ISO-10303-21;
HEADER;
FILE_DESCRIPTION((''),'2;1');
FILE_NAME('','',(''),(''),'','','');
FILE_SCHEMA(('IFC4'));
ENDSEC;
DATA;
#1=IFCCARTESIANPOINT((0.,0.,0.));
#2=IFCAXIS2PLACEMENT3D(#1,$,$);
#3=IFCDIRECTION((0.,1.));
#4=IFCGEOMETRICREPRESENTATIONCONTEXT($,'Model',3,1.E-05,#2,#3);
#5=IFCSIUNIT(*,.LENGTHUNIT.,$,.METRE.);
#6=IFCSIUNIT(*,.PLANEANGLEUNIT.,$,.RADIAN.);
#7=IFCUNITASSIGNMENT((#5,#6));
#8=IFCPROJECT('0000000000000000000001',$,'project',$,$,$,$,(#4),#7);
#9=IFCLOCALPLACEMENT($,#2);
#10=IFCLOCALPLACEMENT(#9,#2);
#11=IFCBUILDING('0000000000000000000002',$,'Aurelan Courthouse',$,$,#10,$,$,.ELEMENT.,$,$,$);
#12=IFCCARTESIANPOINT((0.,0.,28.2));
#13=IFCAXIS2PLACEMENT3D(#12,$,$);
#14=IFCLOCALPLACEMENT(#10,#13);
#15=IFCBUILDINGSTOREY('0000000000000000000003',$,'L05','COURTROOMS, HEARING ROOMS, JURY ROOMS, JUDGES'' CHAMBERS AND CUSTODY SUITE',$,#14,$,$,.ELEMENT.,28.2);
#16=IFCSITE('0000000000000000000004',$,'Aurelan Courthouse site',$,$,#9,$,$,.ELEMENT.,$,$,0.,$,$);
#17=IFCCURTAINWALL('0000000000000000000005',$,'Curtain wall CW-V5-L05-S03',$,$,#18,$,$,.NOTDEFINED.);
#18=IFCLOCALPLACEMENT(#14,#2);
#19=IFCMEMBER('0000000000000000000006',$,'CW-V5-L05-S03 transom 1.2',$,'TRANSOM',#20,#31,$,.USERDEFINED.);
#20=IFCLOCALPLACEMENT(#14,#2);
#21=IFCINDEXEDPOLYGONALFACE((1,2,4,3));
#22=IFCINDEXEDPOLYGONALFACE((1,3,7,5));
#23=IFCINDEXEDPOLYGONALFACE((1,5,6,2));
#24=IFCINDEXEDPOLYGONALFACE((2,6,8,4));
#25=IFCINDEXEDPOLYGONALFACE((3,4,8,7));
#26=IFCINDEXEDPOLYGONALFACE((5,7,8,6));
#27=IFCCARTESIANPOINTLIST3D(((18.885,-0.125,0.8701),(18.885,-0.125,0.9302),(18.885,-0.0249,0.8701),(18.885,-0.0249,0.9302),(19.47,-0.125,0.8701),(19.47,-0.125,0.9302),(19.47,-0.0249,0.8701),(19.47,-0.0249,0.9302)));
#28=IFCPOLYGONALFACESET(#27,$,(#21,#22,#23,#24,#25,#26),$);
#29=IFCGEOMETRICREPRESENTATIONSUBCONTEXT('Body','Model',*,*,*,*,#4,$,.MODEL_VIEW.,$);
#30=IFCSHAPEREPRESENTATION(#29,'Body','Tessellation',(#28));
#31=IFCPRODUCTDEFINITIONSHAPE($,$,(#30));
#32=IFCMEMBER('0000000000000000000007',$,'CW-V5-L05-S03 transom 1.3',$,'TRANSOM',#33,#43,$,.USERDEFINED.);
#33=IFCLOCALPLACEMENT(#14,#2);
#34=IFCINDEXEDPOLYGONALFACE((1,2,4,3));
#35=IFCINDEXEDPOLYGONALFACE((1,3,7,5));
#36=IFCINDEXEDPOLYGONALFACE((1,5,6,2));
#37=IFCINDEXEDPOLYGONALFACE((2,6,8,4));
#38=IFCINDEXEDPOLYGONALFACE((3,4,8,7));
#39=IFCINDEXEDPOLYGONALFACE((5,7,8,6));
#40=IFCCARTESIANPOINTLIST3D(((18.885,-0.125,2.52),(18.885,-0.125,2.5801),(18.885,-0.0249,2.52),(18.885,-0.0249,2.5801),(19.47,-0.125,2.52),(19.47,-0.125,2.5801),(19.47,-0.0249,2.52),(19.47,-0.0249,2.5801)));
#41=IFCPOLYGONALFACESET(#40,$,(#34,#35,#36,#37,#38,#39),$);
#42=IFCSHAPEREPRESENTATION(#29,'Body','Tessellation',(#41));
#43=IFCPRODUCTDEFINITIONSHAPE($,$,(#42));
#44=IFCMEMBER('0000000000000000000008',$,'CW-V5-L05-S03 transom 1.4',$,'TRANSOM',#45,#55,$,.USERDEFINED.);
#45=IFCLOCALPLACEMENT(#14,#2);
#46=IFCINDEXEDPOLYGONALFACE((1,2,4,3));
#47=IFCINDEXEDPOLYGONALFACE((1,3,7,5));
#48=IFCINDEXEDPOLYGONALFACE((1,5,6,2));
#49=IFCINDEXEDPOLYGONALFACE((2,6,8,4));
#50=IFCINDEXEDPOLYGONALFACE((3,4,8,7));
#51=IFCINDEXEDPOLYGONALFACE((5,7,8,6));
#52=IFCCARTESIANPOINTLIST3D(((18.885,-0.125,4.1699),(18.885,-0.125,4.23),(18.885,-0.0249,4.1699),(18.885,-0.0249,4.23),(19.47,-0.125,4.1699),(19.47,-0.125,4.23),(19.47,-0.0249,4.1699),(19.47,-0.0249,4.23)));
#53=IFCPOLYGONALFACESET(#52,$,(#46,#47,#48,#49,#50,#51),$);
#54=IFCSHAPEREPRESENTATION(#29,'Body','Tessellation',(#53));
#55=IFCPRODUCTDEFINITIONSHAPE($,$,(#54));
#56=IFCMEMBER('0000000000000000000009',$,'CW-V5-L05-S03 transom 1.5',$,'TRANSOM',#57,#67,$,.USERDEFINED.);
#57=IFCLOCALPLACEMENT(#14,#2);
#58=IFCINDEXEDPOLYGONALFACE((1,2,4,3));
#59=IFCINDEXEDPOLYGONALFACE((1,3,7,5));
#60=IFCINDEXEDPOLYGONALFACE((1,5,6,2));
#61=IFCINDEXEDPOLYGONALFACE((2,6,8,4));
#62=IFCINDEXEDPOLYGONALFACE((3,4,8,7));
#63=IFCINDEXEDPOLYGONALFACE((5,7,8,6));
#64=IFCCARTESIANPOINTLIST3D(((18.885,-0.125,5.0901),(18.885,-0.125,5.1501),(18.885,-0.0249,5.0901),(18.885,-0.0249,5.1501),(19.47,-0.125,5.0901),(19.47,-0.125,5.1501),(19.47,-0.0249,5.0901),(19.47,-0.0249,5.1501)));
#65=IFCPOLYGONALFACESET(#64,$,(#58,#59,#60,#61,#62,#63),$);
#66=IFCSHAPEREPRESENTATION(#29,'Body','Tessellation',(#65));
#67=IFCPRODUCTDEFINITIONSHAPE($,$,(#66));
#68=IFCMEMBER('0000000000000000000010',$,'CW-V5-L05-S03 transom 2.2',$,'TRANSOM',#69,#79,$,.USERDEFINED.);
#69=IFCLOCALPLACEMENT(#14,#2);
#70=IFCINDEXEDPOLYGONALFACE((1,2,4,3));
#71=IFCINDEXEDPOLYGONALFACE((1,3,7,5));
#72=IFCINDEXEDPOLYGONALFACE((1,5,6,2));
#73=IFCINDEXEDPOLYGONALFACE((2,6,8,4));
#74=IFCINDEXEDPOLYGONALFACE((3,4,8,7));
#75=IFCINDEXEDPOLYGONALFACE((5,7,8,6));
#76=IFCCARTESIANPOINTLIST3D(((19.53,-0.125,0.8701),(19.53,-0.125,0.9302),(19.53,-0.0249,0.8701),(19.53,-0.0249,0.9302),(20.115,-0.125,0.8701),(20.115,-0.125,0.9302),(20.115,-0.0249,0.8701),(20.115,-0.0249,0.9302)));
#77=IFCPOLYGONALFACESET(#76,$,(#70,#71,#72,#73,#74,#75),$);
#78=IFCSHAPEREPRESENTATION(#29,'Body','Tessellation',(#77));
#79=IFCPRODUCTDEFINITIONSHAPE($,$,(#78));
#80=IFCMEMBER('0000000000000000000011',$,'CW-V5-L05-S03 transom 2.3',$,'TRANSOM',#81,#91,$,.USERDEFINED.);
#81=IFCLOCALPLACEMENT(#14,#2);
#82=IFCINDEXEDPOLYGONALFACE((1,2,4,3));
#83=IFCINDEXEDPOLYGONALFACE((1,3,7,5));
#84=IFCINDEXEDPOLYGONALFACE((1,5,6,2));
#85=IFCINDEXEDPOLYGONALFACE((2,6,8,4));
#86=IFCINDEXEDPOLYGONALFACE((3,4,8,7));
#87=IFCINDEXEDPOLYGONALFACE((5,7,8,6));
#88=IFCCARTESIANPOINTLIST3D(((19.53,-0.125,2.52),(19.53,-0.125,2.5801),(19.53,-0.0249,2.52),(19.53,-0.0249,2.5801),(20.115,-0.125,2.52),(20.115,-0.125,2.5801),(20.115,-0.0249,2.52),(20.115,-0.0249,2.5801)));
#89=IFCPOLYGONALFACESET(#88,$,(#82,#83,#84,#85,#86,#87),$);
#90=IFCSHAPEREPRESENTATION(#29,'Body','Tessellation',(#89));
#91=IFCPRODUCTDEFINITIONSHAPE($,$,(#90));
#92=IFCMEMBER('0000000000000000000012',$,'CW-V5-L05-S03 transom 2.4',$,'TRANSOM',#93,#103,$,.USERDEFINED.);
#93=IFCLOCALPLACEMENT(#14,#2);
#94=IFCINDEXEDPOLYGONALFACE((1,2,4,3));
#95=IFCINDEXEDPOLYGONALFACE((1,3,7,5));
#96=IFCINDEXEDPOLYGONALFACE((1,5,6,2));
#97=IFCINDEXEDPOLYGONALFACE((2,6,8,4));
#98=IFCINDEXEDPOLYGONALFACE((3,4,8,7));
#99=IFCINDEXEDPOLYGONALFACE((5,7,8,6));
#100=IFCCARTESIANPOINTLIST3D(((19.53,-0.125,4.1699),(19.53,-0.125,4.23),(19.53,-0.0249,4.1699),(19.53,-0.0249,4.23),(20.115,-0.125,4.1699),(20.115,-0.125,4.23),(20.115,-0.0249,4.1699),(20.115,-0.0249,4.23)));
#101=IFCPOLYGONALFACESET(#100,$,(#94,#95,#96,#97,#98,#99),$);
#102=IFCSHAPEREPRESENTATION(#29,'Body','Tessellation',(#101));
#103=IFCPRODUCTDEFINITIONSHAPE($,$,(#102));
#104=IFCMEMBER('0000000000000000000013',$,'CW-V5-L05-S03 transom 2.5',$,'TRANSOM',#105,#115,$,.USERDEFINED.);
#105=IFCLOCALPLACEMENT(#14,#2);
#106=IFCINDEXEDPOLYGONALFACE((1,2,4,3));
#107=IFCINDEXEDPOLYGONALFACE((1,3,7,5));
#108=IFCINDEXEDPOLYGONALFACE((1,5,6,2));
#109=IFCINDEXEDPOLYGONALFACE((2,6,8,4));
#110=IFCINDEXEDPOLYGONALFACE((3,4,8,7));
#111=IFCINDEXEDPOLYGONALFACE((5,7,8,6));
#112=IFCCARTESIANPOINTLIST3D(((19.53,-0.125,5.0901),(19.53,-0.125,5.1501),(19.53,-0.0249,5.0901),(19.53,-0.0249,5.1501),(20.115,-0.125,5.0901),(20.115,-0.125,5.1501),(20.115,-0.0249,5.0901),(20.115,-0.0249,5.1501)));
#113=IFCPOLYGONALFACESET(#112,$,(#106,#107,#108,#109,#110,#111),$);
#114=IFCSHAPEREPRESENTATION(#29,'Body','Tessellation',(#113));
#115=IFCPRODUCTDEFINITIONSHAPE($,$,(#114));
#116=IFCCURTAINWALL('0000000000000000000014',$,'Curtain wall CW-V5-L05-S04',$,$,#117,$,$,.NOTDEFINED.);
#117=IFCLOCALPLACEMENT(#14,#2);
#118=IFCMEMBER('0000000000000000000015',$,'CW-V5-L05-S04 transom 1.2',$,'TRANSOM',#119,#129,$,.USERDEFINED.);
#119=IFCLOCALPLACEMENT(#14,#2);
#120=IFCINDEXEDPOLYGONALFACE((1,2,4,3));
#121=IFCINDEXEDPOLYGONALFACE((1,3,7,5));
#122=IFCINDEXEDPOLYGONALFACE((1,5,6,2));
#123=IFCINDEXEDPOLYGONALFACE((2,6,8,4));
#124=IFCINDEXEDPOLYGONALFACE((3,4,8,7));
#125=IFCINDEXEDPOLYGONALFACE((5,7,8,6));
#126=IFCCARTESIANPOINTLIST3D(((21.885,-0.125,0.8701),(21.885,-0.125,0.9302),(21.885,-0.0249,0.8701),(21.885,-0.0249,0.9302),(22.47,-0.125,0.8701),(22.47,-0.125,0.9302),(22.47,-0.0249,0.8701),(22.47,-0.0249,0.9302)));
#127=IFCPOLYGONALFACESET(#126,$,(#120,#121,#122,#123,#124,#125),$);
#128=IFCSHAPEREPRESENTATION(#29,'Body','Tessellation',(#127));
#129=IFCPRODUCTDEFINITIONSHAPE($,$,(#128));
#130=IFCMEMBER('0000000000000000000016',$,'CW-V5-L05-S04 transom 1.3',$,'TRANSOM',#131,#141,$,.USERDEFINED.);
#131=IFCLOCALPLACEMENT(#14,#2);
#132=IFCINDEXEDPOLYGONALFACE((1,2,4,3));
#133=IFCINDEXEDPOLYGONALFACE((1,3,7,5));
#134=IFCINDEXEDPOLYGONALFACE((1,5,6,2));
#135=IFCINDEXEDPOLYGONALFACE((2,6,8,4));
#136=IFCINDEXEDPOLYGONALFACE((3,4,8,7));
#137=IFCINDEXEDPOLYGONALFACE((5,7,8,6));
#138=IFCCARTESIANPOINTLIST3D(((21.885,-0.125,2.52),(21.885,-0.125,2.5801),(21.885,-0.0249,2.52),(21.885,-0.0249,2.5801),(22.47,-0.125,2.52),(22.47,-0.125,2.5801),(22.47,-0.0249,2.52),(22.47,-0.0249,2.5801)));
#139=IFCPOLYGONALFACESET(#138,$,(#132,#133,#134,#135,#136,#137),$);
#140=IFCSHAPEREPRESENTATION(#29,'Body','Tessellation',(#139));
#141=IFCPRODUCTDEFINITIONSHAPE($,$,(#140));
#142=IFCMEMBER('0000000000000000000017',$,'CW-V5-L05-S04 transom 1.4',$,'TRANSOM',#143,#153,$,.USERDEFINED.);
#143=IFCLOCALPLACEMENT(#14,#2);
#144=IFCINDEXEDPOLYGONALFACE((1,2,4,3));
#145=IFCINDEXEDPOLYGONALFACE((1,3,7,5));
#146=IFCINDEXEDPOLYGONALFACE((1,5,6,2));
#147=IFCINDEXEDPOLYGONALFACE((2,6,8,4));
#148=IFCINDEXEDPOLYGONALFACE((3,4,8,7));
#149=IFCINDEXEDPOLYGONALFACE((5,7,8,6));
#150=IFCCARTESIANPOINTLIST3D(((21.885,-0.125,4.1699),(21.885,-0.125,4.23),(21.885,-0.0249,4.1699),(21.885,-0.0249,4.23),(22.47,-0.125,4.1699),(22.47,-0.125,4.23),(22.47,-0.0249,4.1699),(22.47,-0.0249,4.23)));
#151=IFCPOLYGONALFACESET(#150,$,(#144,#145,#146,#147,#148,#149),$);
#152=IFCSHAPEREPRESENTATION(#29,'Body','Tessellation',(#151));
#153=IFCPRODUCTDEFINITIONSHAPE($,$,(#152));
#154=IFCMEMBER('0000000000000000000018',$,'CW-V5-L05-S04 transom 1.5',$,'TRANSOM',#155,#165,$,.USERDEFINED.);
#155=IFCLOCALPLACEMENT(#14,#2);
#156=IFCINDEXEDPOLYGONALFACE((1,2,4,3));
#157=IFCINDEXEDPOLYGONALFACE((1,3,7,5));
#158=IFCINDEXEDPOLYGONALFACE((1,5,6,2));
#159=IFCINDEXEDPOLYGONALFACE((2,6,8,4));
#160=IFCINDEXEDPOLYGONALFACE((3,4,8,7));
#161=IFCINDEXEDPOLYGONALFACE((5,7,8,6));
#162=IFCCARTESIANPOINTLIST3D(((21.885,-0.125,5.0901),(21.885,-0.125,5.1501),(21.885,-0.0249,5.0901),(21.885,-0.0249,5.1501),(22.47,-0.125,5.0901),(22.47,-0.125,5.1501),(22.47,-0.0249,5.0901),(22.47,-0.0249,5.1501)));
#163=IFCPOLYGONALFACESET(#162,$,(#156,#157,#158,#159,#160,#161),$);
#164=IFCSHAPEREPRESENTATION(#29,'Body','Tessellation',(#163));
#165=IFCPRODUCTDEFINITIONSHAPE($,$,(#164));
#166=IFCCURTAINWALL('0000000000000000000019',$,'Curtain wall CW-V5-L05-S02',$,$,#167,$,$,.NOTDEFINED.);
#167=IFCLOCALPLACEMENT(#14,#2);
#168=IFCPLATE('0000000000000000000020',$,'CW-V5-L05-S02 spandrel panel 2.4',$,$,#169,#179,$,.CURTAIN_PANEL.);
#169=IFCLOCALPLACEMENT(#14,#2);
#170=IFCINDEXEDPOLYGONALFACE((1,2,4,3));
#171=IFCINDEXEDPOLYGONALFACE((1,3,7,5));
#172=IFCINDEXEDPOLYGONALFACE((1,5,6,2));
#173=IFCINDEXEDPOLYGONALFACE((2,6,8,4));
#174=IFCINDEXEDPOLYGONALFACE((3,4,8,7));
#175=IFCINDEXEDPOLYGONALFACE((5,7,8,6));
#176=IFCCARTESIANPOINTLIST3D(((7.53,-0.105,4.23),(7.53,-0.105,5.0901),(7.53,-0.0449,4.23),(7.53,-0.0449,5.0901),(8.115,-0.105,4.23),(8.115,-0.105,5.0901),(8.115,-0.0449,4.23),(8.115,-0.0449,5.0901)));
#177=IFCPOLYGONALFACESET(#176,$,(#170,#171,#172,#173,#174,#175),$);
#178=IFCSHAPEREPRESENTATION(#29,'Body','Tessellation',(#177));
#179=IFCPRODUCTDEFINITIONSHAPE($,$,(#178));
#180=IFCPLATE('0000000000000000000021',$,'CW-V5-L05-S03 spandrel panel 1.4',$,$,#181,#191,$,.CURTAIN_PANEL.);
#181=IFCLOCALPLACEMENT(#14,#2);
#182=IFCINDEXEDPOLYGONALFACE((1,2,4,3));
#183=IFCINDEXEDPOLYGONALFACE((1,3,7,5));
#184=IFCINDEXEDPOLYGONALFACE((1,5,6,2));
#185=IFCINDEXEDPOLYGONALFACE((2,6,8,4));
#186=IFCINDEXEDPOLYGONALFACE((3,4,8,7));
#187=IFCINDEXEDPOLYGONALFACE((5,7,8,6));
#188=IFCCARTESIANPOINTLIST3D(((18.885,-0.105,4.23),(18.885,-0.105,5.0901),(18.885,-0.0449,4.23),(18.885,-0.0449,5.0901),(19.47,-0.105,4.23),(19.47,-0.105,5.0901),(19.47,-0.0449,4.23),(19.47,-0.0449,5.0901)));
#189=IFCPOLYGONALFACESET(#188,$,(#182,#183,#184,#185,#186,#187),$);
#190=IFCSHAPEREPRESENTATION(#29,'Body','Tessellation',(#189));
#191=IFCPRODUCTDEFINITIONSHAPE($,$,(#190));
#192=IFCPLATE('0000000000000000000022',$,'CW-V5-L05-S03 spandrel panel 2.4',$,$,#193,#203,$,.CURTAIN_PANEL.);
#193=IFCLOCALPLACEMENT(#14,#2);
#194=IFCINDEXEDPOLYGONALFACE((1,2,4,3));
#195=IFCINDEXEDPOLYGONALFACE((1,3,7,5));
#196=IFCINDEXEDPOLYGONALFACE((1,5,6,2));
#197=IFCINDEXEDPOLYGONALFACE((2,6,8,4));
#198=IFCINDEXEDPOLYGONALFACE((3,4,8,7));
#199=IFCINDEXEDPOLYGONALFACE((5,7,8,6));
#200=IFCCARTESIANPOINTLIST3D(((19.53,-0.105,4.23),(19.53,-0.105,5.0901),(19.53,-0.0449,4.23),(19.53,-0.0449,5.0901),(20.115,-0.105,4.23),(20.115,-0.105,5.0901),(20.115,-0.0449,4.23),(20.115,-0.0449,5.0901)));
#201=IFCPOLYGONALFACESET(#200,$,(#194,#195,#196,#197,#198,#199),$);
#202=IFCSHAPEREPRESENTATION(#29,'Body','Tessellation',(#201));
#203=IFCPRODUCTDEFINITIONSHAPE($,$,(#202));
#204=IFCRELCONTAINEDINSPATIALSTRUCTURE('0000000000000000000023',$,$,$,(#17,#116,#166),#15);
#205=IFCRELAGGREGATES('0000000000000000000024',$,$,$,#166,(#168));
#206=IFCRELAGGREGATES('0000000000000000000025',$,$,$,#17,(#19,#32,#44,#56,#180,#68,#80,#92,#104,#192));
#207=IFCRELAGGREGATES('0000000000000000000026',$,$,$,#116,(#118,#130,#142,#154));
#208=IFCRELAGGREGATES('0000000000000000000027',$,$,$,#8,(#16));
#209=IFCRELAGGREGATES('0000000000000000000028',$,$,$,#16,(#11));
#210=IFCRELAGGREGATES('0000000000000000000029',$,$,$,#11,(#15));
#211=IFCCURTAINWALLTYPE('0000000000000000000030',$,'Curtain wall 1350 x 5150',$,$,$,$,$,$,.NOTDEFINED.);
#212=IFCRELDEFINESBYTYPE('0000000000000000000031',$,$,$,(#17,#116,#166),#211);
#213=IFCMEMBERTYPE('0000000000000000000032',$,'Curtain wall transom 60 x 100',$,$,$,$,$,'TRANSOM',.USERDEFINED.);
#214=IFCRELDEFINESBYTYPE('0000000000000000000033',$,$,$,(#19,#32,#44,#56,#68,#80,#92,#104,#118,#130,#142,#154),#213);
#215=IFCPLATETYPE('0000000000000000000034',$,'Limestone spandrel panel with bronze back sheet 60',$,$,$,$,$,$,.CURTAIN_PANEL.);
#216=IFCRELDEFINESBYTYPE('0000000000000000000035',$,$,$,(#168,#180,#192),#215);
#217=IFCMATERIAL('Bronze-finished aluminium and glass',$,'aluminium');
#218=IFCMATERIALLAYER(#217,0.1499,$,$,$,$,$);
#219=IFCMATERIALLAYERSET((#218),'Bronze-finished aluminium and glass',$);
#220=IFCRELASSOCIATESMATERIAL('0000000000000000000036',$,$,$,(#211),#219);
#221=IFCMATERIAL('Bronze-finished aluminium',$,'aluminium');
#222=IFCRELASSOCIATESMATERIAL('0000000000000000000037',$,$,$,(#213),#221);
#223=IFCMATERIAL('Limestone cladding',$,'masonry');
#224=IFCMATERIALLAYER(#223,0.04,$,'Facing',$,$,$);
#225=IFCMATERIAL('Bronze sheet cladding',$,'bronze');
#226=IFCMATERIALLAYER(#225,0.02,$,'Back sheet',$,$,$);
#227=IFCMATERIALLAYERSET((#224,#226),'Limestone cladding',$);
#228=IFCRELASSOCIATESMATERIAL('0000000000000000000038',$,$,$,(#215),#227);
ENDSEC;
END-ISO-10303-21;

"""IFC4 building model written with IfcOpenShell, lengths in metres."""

from ifc_helpers import new_model, si_unit, direction, frame, origin, origin_2d, place, context, subcontext, project, spatial, rectangle, extrude, material, layer, layer_set, material_profile, profile_set, type_object, element, aggregate, save


model = new_model("IFC4")

# Units and contexts
model_context = context("Model", 3, precision=1e-05, world=origin(), true_north=direction((0.0, 1.0)))
body_context = subcontext(model_context, "Body", "Model", "MODEL_VIEW")
ifc_project = project(units=[si_unit("LENGTHUNIT", "METRE"), si_unit("PLANEANGLEUNIT", "RADIAN")], contexts=[model_context])

# Site, building, storey
site_placement = place(None, origin())
site = spatial("IfcSite", under=ifc_project, at=site_placement, Name="Aurelan Courthouse site", CompositionType="ELEMENT", RefElevation=0.0)
building_placement = place(site_placement, origin())
building = spatial("IfcBuilding", under=site, at=building_placement, Name="Aurelan Courthouse", CompositionType="ELEMENT")
storey_placement = place(building_placement, frame((0.0, 0.0, 28.2)))
storey = spatial("IfcBuildingStorey", under=building, at=storey_placement, Name="L05", Description="COURTROOMS, HEARING ROOMS, JURY ROOMS, JUDGES' CHAMBERS AND CUSTODY SUITE", CompositionType="ELEMENT", Elevation=28.2)

# Curtain walls, members
ifc_material_1 = material(Name="Bronze-finished aluminium and glass", Category="aluminium")
ifc_layer_1 = layer(ifc_material_1, 0.1499)
ifc_layer_set_1 = layer_set([ifc_layer_1], Name="Bronze-finished aluminium and glass")
curtain_wall_type = type_object("IfcCurtainWallType", Name="Curtain wall 1350 x 5150", PredefinedType="NOTDEFINED", material=ifc_layer_set_1)
curtain_wall_1_placement = place(storey_placement, origin())
curtain_wall_1 = element("IfcCurtainWall", 1, at=curtain_wall_1_placement, inside=storey, type_object=curtain_wall_type, Name="Curtain wall CW-V5-L05-S03", PredefinedType="NOTDEFINED")
ifc_material_2 = material(Name="Bronze-finished aluminium", Category="aluminium")
ifc_material_profile = material_profile(ifc_material_2, rectangle(XDim=0.1001, YDim=0.0601, at=origin_2d()), Name="Bronze transom 60 x 100")
ifc_profile_set = profile_set([ifc_material_profile], Name="Bronze-finished aluminium")
member_type = type_object("IfcMemberType", Name="Curtain wall transom 60 x 100", ElementType="TRANSOM", PredefinedType="USERDEFINED", material=ifc_profile_set)
member_1_placement = place(storey_placement, frame((18.885, -0.075, 0.9001), z_axis=(1.0, 0.0, 0.0), x_axis=(0.0, 1.0, 0.0)))
member_1 = element("IfcMember", 2, at=member_1_placement, type_object=member_type, Name="CW-V5-L05-S03 transom 1.2", ObjectType="TRANSOM", PredefinedType="USERDEFINED", context=body_context, shape_type="SweptSolid", body=[
    extrude(rectangle(XDim=0.1001, YDim=0.0601, at=origin_2d()), origin(), (0.0, 0.0, 1.0), 0.585),
])
member_2_placement = place(storey_placement, frame((18.885, -0.075, 2.55), z_axis=(1.0, 0.0, 0.0), x_axis=(0.0, 1.0, 0.0)))
member_2 = element("IfcMember", 3, at=member_2_placement, type_object=member_type, Name="CW-V5-L05-S03 transom 1.3", ObjectType="TRANSOM", PredefinedType="USERDEFINED", context=body_context, shape_type="SweptSolid", body=[
    extrude(rectangle(XDim=0.1001, YDim=0.0601, at=origin_2d()), origin(), (0.0, 0.0, 1.0), 0.585),
])
member_3_placement = place(storey_placement, frame((18.885, -0.075, 4.2), z_axis=(1.0, 0.0, 0.0), x_axis=(0.0, 1.0, 0.0)))
member_3 = element("IfcMember", 4, at=member_3_placement, type_object=member_type, Name="CW-V5-L05-S03 transom 1.4", ObjectType="TRANSOM", PredefinedType="USERDEFINED", context=body_context, shape_type="SweptSolid", body=[
    extrude(rectangle(XDim=0.1001, YDim=0.0601, at=origin_2d()), origin(), (0.0, 0.0, 1.0), 0.585),
])
member_4_placement = place(storey_placement, frame((18.885, -0.075, 5.1201), z_axis=(1.0, 0.0, 0.0), x_axis=(0.0, 1.0, 0.0)))
member_4 = element("IfcMember", 5, at=member_4_placement, type_object=member_type, Name="CW-V5-L05-S03 transom 1.5", ObjectType="TRANSOM", PredefinedType="USERDEFINED", context=body_context, shape_type="SweptSolid", body=[
    extrude(rectangle(XDim=0.1001, YDim=0.0601, at=origin_2d()), origin(), (0.0, 0.0, 1.0), 0.585),
])
member_5_placement = place(storey_placement, frame((19.53, -0.075, 0.9001), z_axis=(1.0, 0.0, 0.0), x_axis=(0.0, 1.0, 0.0)))
member_5 = element("IfcMember", 6, at=member_5_placement, type_object=member_type, Name="CW-V5-L05-S03 transom 2.2", ObjectType="TRANSOM", PredefinedType="USERDEFINED", context=body_context, shape_type="SweptSolid", body=[
    extrude(rectangle(XDim=0.1001, YDim=0.0601, at=origin_2d()), origin(), (0.0, 0.0, 1.0), 0.585),
])
member_6_placement = place(storey_placement, frame((19.53, -0.075, 2.55), z_axis=(1.0, 0.0, 0.0), x_axis=(0.0, 1.0, 0.0)))
member_6 = element("IfcMember", 7, at=member_6_placement, type_object=member_type, Name="CW-V5-L05-S03 transom 2.3", ObjectType="TRANSOM", PredefinedType="USERDEFINED", context=body_context, shape_type="SweptSolid", body=[
    extrude(rectangle(XDim=0.1001, YDim=0.0601, at=origin_2d()), origin(), (0.0, 0.0, 1.0), 0.585),
])
member_7_placement = place(storey_placement, frame((19.53, -0.075, 4.2), z_axis=(1.0, 0.0, 0.0), x_axis=(0.0, 1.0, 0.0)))
member_7 = element("IfcMember", 8, at=member_7_placement, type_object=member_type, Name="CW-V5-L05-S03 transom 2.4", ObjectType="TRANSOM", PredefinedType="USERDEFINED", context=body_context, shape_type="SweptSolid", body=[
    extrude(rectangle(XDim=0.1001, YDim=0.0601, at=origin_2d()), origin(), (0.0, 0.0, 1.0), 0.585),
])
member_8_placement = place(storey_placement, frame((19.53, -0.075, 5.1201), z_axis=(1.0, 0.0, 0.0), x_axis=(0.0, 1.0, 0.0)))
member_8 = element("IfcMember", 9, at=member_8_placement, type_object=member_type, Name="CW-V5-L05-S03 transom 2.5", ObjectType="TRANSOM", PredefinedType="USERDEFINED", context=body_context, shape_type="SweptSolid", body=[
    extrude(rectangle(XDim=0.1001, YDim=0.0601, at=origin_2d()), origin(), (0.0, 0.0, 1.0), 0.585),
])
curtain_wall_2_placement = place(storey_placement, origin())
curtain_wall_2 = element("IfcCurtainWall", 10, at=curtain_wall_2_placement, inside=storey, type_object=curtain_wall_type, Name="Curtain wall CW-V5-L05-S04", PredefinedType="NOTDEFINED")
member_9_placement = place(storey_placement, frame((21.885, -0.075, 0.9001), z_axis=(1.0, 0.0, 0.0), x_axis=(0.0, 1.0, 0.0)))
member_9 = element("IfcMember", 11, at=member_9_placement, type_object=member_type, Name="CW-V5-L05-S04 transom 1.2", ObjectType="TRANSOM", PredefinedType="USERDEFINED", context=body_context, shape_type="SweptSolid", body=[
    extrude(rectangle(XDim=0.1001, YDim=0.0601, at=origin_2d()), origin(), (0.0, 0.0, 1.0), 0.585),
])
member_10_placement = place(storey_placement, frame((21.885, -0.075, 2.55), z_axis=(1.0, 0.0, 0.0), x_axis=(0.0, 1.0, 0.0)))
member_10 = element("IfcMember", 12, at=member_10_placement, type_object=member_type, Name="CW-V5-L05-S04 transom 1.3", ObjectType="TRANSOM", PredefinedType="USERDEFINED", context=body_context, shape_type="SweptSolid", body=[
    extrude(rectangle(XDim=0.1001, YDim=0.0601, at=origin_2d()), origin(), (0.0, 0.0, 1.0), 0.585),
])
member_11_placement = place(storey_placement, frame((21.885, -0.075, 4.2), z_axis=(1.0, 0.0, 0.0), x_axis=(0.0, 1.0, 0.0)))
member_11 = element("IfcMember", 13, at=member_11_placement, type_object=member_type, Name="CW-V5-L05-S04 transom 1.4", ObjectType="TRANSOM", PredefinedType="USERDEFINED", context=body_context, shape_type="SweptSolid", body=[
    extrude(rectangle(XDim=0.1001, YDim=0.0601, at=origin_2d()), origin(), (0.0, 0.0, 1.0), 0.585),
])
member_12_placement = place(storey_placement, frame((21.885, -0.075, 5.1201), z_axis=(1.0, 0.0, 0.0), x_axis=(0.0, 1.0, 0.0)))
member_12 = element("IfcMember", 14, at=member_12_placement, type_object=member_type, Name="CW-V5-L05-S04 transom 1.5", ObjectType="TRANSOM", PredefinedType="USERDEFINED", context=body_context, shape_type="SweptSolid", body=[
    extrude(rectangle(XDim=0.1001, YDim=0.0601, at=origin_2d()), origin(), (0.0, 0.0, 1.0), 0.585),
])

# Curtain wall, plate
curtain_wall_3_placement = place(storey_placement, origin())
curtain_wall_3 = element("IfcCurtainWall", 15, at=curtain_wall_3_placement, inside=storey, type_object=curtain_wall_type, Name="Curtain wall CW-V5-L05-S02", PredefinedType="NOTDEFINED")
ifc_material_3 = material(Name="Limestone cladding", Category="masonry")
ifc_layer_2 = layer(ifc_material_3, 0.04, Name="Facing")
ifc_material_4 = material(Name="Bronze sheet cladding", Category="bronze")
ifc_layer_3 = layer(ifc_material_4, 0.02, Name="Back sheet")
ifc_layer_set_2 = layer_set([ifc_layer_2, ifc_layer_3], Name="Limestone cladding")
plate_type_1 = type_object("IfcPlateType", Name="Limestone spandrel panel with bronze back sheet 60", PredefinedType="CURTAIN_PANEL", material=ifc_layer_set_2)
plate_1_placement = place(storey_placement, frame((7.8225, -0.075, 4.23), z_axis=(0.0, 0.0, 1.0), x_axis=(1.0, 0.0, 0.0)))
plate_1 = element("IfcPlate", 16, at=plate_1_placement, type_object=plate_type_1, Name="CW-V5-L05-S02 spandrel panel 2.4", PredefinedType="CURTAIN_PANEL", context=body_context, shape_type="SweptSolid", body=[
    extrude(rectangle(XDim=0.585, YDim=0.0601, at=origin_2d()), origin(), (0.0, 0.0, 1.0), 0.8601),
])
aggregate(curtain_wall_3, [plate_1])

# Plates
plate_2_placement = place(storey_placement, frame((19.1775, -0.075, 4.23), z_axis=(0.0, 0.0, 1.0), x_axis=(1.0, 0.0, 0.0)))
plate_2 = element("IfcPlate", 17, at=plate_2_placement, type_object=plate_type_1, Name="CW-V5-L05-S03 spandrel panel 1.4", PredefinedType="CURTAIN_PANEL", context=body_context, shape_type="SweptSolid", body=[
    extrude(rectangle(XDim=0.585, YDim=0.0601, at=origin_2d()), origin(), (0.0, 0.0, 1.0), 0.8601),
])
plate_3_placement = place(storey_placement, frame((19.8225, -0.075, 4.23), z_axis=(0.0, 0.0, 1.0), x_axis=(1.0, 0.0, 0.0)))
plate_3 = element("IfcPlate", 18, at=plate_3_placement, type_object=plate_type_1, Name="CW-V5-L05-S03 spandrel panel 2.4", PredefinedType="CURTAIN_PANEL", context=body_context, shape_type="SweptSolid", body=[
    extrude(rectangle(XDim=0.585, YDim=0.0601, at=origin_2d()), origin(), (0.0, 0.0, 1.0), 0.8601),
])
aggregate(curtain_wall_1, [member_1, member_2, member_3, member_4, plate_2, member_5, member_6, member_7, member_8, plate_3])
aggregate(curtain_wall_2, [member_9, member_10, member_11, member_12])

save(model, "model.ifc")
